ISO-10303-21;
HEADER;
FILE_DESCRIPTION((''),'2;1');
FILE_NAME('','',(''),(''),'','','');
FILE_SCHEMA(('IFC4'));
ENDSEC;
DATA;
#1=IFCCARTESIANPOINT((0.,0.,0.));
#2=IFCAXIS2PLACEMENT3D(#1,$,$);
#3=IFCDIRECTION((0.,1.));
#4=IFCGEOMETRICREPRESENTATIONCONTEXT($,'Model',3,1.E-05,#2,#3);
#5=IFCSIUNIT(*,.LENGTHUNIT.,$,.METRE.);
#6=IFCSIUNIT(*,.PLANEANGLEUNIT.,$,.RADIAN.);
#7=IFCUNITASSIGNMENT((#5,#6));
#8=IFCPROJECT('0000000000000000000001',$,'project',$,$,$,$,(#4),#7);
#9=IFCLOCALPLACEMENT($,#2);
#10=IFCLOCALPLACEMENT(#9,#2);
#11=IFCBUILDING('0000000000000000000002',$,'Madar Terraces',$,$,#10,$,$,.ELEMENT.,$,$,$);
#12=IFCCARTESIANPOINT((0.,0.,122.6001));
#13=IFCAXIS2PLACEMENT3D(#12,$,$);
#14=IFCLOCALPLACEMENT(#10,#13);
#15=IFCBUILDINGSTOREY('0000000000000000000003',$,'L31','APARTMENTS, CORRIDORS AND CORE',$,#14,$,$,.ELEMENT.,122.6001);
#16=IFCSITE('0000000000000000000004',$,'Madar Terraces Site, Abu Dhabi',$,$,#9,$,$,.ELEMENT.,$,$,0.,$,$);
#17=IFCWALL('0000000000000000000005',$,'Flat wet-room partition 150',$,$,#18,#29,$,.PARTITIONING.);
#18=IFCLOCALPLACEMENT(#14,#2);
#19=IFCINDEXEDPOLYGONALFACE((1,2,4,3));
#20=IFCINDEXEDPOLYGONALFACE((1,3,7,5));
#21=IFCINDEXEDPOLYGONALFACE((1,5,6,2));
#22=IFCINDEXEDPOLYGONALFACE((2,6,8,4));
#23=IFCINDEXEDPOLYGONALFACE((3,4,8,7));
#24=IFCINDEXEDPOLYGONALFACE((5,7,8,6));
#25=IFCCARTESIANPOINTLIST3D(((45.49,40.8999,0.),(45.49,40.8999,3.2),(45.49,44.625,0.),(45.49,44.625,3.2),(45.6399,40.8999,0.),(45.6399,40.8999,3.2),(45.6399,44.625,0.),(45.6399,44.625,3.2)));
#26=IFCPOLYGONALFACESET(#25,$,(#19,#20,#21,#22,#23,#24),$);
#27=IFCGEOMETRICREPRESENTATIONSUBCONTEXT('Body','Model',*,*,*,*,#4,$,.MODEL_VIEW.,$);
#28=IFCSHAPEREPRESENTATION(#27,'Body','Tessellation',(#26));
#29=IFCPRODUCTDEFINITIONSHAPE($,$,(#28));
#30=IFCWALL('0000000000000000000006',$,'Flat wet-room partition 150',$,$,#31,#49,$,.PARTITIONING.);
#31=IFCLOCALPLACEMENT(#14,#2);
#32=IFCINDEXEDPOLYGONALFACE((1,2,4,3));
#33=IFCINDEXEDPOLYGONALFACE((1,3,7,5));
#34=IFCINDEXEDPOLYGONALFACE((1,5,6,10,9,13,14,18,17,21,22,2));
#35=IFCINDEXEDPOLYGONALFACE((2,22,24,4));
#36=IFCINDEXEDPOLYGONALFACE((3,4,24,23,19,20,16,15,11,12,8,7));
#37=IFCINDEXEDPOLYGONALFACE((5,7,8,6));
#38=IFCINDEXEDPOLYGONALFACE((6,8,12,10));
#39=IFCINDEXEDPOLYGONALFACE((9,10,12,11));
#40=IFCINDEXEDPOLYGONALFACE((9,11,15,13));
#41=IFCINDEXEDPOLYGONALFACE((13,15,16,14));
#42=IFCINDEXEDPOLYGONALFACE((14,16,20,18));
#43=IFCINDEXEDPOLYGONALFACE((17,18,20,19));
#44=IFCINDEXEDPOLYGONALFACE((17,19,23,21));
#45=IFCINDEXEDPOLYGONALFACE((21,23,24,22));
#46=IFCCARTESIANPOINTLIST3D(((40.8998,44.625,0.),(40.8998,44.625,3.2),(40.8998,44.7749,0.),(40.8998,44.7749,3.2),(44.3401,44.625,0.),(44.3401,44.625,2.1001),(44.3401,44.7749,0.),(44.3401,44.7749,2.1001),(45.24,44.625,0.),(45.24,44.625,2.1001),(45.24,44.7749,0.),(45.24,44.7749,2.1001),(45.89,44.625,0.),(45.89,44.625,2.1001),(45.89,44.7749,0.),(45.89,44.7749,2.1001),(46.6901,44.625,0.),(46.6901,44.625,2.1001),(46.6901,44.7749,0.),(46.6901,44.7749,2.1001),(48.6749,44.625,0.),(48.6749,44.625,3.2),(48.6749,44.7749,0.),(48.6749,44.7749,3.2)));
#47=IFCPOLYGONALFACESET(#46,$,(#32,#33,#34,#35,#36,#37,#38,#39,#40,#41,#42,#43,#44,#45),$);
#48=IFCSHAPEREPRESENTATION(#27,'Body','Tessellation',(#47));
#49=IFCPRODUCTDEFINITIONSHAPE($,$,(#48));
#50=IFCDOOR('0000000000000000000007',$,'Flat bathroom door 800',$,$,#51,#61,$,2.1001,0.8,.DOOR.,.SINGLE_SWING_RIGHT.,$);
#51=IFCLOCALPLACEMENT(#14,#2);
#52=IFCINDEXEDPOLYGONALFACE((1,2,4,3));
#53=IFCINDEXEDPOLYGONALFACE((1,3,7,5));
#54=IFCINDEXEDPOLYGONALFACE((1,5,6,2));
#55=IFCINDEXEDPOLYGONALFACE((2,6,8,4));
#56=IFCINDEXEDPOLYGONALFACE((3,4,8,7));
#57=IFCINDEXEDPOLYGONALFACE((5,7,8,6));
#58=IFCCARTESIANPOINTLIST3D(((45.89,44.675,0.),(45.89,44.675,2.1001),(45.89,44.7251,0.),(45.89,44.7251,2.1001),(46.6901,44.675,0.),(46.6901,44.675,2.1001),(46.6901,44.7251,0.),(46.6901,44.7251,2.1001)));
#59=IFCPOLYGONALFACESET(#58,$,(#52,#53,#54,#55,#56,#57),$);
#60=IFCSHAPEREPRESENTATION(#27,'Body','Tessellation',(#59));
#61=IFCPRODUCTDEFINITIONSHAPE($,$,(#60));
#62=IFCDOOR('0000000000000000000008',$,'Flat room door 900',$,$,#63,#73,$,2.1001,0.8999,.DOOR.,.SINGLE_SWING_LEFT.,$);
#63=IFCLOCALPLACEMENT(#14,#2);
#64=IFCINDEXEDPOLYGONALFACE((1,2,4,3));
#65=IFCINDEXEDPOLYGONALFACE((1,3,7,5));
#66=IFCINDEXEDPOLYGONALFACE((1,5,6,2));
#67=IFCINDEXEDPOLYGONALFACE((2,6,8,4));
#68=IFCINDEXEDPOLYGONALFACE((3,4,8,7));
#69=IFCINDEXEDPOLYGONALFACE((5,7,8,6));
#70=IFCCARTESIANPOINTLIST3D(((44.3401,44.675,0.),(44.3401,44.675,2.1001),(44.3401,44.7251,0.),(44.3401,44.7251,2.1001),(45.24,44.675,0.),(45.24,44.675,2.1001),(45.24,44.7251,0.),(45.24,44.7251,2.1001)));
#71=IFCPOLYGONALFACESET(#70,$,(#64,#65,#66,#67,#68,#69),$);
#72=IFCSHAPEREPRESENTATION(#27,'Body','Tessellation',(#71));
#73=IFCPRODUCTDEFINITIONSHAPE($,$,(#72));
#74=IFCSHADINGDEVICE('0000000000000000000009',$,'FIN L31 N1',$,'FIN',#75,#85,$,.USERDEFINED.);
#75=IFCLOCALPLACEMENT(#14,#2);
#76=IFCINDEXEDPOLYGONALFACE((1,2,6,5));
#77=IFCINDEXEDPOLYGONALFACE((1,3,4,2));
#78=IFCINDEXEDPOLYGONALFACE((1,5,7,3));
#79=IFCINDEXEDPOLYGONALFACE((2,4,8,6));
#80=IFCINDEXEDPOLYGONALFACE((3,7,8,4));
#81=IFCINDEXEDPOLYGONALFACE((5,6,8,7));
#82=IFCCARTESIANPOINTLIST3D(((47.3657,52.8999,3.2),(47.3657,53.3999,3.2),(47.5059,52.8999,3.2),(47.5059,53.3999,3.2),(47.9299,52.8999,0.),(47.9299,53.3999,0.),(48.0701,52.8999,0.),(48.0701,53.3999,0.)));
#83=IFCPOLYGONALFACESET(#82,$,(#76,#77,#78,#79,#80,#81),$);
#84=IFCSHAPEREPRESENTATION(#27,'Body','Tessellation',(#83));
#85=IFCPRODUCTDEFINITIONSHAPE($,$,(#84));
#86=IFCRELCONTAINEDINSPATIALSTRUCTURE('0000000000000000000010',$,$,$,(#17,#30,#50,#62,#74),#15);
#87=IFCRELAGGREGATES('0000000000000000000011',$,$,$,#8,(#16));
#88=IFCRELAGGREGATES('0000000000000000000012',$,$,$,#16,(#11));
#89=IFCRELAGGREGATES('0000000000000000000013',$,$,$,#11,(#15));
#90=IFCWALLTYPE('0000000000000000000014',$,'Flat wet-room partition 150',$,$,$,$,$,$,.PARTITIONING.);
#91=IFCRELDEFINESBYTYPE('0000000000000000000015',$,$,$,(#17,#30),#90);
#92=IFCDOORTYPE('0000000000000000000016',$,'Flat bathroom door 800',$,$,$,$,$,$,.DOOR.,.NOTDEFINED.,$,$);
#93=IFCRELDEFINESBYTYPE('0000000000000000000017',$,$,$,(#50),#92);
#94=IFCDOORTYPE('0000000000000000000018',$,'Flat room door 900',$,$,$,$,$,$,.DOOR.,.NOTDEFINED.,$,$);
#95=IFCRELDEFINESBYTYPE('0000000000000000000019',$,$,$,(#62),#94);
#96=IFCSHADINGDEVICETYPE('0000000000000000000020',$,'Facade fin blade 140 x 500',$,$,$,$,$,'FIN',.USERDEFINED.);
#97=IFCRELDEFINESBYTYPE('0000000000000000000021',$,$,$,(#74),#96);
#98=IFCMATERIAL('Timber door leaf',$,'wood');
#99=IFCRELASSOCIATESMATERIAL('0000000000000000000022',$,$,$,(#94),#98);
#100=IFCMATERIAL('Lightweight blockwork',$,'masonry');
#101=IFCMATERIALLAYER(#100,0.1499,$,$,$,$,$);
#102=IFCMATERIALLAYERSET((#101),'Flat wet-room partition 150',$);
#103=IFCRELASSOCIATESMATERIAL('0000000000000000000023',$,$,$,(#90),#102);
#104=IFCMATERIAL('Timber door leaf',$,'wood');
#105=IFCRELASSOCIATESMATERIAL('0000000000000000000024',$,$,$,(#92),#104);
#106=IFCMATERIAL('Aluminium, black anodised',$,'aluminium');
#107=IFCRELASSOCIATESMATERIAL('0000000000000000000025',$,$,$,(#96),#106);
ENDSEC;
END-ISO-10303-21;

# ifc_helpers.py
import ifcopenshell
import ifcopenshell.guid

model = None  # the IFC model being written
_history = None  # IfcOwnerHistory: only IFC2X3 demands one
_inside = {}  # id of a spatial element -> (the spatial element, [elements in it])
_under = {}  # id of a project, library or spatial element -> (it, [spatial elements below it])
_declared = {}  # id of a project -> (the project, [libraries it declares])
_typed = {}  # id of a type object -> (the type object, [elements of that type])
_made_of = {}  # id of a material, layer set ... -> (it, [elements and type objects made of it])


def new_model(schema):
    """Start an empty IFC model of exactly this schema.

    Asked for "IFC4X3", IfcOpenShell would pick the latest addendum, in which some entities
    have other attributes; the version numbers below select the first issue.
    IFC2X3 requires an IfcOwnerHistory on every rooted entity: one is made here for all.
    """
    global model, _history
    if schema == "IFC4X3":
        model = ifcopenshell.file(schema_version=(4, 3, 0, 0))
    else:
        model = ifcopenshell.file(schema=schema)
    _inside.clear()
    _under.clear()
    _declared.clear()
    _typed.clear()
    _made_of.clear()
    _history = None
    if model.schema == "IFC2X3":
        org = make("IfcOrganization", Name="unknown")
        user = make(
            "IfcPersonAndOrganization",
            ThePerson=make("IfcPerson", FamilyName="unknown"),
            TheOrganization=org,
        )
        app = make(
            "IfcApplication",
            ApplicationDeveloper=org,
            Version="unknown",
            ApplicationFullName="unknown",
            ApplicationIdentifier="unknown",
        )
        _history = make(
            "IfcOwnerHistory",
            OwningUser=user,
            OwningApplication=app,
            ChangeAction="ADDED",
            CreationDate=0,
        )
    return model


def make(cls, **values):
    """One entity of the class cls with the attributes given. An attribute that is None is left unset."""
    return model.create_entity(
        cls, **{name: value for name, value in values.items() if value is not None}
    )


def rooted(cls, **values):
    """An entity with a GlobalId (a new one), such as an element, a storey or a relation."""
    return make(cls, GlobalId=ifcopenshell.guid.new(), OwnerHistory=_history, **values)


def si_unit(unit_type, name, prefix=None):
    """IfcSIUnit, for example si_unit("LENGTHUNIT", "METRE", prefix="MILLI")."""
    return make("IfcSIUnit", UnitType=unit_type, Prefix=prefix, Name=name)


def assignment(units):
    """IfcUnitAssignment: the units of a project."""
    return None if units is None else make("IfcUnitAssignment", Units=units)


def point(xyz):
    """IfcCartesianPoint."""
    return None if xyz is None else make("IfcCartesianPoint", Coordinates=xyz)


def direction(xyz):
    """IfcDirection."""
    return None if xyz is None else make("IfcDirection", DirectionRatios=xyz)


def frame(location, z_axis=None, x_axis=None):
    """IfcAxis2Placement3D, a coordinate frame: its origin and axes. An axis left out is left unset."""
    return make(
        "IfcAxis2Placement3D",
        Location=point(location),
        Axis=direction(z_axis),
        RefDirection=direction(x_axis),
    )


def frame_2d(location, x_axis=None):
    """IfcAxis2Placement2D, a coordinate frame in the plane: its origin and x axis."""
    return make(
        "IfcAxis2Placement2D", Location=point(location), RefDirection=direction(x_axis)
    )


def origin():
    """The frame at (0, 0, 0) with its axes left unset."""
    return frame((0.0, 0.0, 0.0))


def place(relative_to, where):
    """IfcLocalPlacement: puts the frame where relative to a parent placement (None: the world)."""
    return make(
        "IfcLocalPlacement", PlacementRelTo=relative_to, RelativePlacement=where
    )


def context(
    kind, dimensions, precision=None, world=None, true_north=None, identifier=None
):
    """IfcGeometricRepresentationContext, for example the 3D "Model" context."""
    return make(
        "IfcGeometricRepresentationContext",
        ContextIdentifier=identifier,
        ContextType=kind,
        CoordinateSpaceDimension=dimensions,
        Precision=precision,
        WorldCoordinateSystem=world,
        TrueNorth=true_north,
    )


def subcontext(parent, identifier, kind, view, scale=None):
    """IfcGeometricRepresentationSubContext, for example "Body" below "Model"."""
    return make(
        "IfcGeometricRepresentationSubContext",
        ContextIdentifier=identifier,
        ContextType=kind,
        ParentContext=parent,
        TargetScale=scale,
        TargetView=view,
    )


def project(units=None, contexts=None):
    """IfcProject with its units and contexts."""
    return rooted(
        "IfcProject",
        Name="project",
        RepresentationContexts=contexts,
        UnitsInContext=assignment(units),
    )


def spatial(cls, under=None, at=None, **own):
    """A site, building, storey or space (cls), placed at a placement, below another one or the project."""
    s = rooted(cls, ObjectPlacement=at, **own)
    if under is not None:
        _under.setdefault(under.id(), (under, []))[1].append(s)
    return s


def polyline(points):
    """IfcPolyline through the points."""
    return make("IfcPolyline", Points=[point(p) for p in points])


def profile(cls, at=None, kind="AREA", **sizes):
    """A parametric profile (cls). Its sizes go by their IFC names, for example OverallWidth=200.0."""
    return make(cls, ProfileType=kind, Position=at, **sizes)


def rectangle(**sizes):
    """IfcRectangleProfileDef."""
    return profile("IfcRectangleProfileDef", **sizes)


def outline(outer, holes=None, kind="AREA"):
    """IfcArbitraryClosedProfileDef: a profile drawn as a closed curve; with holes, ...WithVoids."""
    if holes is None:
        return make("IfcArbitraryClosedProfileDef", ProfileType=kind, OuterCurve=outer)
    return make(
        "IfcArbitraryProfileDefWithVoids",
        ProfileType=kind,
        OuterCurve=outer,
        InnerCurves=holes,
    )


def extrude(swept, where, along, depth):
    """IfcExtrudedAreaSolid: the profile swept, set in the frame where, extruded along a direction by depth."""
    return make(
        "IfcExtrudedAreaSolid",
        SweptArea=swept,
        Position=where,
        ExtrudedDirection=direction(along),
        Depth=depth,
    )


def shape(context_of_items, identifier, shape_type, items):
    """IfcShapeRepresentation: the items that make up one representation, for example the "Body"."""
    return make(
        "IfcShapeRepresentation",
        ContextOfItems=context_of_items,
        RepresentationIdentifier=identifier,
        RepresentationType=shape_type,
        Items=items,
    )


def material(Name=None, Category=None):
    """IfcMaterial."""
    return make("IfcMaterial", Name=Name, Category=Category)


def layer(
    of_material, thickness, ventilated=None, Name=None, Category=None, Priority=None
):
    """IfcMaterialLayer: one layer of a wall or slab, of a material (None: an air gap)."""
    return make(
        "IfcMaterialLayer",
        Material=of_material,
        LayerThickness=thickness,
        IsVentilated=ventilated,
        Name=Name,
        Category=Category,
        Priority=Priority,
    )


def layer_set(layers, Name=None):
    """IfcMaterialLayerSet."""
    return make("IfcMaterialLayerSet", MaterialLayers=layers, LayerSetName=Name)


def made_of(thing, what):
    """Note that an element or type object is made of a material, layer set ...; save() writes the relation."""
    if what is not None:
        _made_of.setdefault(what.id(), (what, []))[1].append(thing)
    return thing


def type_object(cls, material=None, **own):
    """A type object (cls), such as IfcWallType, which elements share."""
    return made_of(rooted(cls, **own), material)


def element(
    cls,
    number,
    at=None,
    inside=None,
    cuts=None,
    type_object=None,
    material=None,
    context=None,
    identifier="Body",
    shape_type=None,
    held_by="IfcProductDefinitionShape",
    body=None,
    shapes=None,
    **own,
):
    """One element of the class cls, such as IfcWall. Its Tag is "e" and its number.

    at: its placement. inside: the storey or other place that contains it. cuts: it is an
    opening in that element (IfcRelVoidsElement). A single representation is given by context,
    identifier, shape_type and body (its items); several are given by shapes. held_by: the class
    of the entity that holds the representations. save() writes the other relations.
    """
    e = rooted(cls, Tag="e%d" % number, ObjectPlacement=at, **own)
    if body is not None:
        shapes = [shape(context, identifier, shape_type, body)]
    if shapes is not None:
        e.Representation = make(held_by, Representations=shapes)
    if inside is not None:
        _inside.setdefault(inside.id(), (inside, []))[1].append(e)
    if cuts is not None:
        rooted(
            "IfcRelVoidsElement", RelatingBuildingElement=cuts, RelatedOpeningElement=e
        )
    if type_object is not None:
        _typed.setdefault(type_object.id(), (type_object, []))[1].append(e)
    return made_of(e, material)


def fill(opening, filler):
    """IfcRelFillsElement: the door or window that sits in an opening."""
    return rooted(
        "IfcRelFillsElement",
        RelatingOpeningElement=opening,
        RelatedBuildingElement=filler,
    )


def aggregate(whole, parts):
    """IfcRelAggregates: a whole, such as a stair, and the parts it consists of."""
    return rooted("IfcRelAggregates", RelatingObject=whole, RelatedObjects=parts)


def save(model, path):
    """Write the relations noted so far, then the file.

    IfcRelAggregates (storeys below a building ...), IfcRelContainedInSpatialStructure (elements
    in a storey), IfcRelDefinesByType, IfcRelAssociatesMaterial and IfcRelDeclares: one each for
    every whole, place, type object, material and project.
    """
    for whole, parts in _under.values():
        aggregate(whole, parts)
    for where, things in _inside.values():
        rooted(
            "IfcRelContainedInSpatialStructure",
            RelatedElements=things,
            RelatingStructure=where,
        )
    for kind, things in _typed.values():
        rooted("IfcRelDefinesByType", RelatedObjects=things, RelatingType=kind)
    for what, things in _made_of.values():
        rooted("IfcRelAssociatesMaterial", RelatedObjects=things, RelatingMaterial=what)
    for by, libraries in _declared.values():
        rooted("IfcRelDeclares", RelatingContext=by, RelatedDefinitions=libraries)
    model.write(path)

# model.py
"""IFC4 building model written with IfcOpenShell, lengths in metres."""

from ifc_helpers import new_model, si_unit, direction, frame, frame_2d, origin, place, context, subcontext, project, spatial, polyline, rectangle, outline, extrude, material, layer, layer_set, type_object, element, fill, save


model = new_model("IFC4")

# Units and contexts
model_context = context("Model", 3, precision=1e-05, world=origin(), true_north=direction((0.0, 1.0)))
body_context = subcontext(model_context, "Body", "Model", "MODEL_VIEW")
ifc_project = project(units=[si_unit("LENGTHUNIT", "METRE"), si_unit("PLANEANGLEUNIT", "RADIAN")], contexts=[model_context])

# Site, building, storey
site_placement = place(None, origin())
site = spatial("IfcSite", under=ifc_project, at=site_placement, Name="Madar Terraces Site, Abu Dhabi", CompositionType="ELEMENT", RefElevation=0.0)
building_placement = place(site_placement, origin())
building = spatial("IfcBuilding", under=site, at=building_placement, Name="Madar Terraces", CompositionType="ELEMENT")
storey_placement = place(building_placement, frame((0.0, 0.0, 122.6001)))
storey = spatial("IfcBuildingStorey", under=building, at=storey_placement, Name="L31", Description="APARTMENTS, CORRIDORS AND CORE", CompositionType="ELEMENT", Elevation=122.6001)

# Shared definitions
ifc_material_1 = material(Name="Timber door leaf", Category="wood")
door_type_1 = type_object("IfcDoorType", Name="Flat room door 900", OperationType="NOTDEFINED", PredefinedType="DOOR", material=ifc_material_1)

# Wall
ifc_material_2 = material(Name="Lightweight blockwork", Category="masonry")
ifc_layer_1 = layer(ifc_material_2, 0.1499)
ifc_layer_set_1 = layer_set([ifc_layer_1], Name="Flat wet-room partition 150")
wall_type_1 = type_object("IfcWallType", Name="Flat wet-room partition 150", PredefinedType="PARTITIONING", material=ifc_layer_set_1)
wall_1_placement = place(storey_placement, frame((45.5649, 40.8999, 0.0), z_axis=(0.0, 0.0, 1.0), x_axis=(0.0, 1.0, 0.0)))
element("IfcWall", 1, at=wall_1_placement, inside=storey, type_object=wall_type_1, Name="Flat wet-room partition 150", PredefinedType="PARTITIONING", context=body_context, shape_type="SweptSolid", body=[
    extrude(rectangle(XDim=3.7251, YDim=0.1499, at=frame_2d((1.8625, 0.0))), origin(), (0.0, 0.0, 1.0), 3.2),
])

# Wall, openings, doors
wall_2_placement = place(storey_placement, frame((48.675, 44.7, 0.0), z_axis=(0.0, 0.0, 1.0), x_axis=(-1.0, 0.0, 0.0)))
wall_2 = element("IfcWall", 2, at=wall_2_placement, inside=storey, type_object=wall_type_1, Name="Flat wet-room partition 150", PredefinedType="PARTITIONING", context=body_context, shape_type="SweptSolid", body=[
    extrude(rectangle(XDim=7.7751, YDim=0.1499, at=frame_2d((3.8877, 0.0))), origin(), (0.0, 0.0, 1.0), 3.2),
])
opening_1_placement = place(wall_2_placement, frame((1.9851, 0.0, 0.0)))
opening_1 = element("IfcOpeningElement", 3, at=opening_1_placement, cuts=wall_2, PredefinedType="OPENING", context=body_context, shape_type="SweptSolid", body=[
    extrude(rectangle(XDim=0.8, YDim=2.1001, at=frame_2d((0.3999, 1.05))), frame((0.0, 0.085, 0.0), z_axis=(0.0, -1.0, 0.0), x_axis=(1.0, 0.0, 0.0)), (0.0, 0.0, 1.0), 0.1699),
])
opening_2_placement = place(wall_2_placement, frame((3.4351, 0.0, 0.0)))
opening_2 = element("IfcOpeningElement", 4, at=opening_2_placement, cuts=wall_2, PredefinedType="OPENING", context=body_context, shape_type="SweptSolid", body=[
    extrude(rectangle(XDim=0.8999, YDim=2.1001, at=frame_2d((0.45, 1.05))), frame((0.0, 0.085, 0.0), z_axis=(0.0, -1.0, 0.0), x_axis=(1.0, 0.0, 0.0)), (0.0, 0.0, 1.0), 0.1699),
])
ifc_material_3 = material(Name="Timber door leaf", Category="wood")
door_type_2 = type_object("IfcDoorType", Name="Flat bathroom door 800", OperationType="NOTDEFINED", PredefinedType="DOOR", material=ifc_material_3)
door_1_placement = place(opening_1_placement, origin())
door_1 = element("IfcDoor", 5, at=door_1_placement, inside=storey, type_object=door_type_2, Name="Flat bathroom door 800", OperationType="SINGLE_SWING_RIGHT", OverallHeight=2.1001, OverallWidth=0.8, PredefinedType="DOOR", context=body_context, shape_type="SweptSolid", body=[
    extrude(rectangle(XDim=0.8, YDim=2.1001, at=frame_2d((0.3999, 1.05))), frame((0.0, 0.0249, 0.0), z_axis=(0.0, -1.0, 0.0), x_axis=(1.0, 0.0, 0.0)), (0.0, 0.0, 1.0), 0.05),
])
fill(opening_1, door_1)
door_2_placement = place(opening_2_placement, origin())
door_2 = element("IfcDoor", 6, at=door_2_placement, inside=storey, type_object=door_type_1, Name="Flat room door 900", OperationType="SINGLE_SWING_LEFT", OverallHeight=2.1001, OverallWidth=0.8999, PredefinedType="DOOR", context=body_context, shape_type="SweptSolid", body=[
    extrude(rectangle(XDim=0.8999, YDim=2.1001, at=frame_2d((0.45, 1.05))), frame((0.0, 0.0249, 0.0), z_axis=(0.0, -1.0, 0.0), x_axis=(1.0, 0.0, 0.0)), (0.0, 0.0, 1.0), 0.05),
])
fill(opening_2, door_2)

# Shading device
ifc_material_4 = material(Name="Aluminium, black anodised", Category="aluminium")
shading_device_type = type_object("IfcShadingDeviceType", Name="Facade fin blade 140 x 500", ElementType="FIN", PredefinedType="USERDEFINED", material=ifc_material_4)
shading_device_placement = place(storey_placement, frame((48.0701, 53.1499, 0.0), z_axis=(0.0, 0.0, 1.0), x_axis=(-1.0, 0.0, 0.0)))
element("IfcShadingDevice", 7, at=shading_device_placement, inside=storey, type_object=shading_device_type, Name="FIN L31 N1", ObjectType="FIN", PredefinedType="USERDEFINED", context=body_context, shape_type="SweptSolid", body=[
    extrude(outline(polyline([(0.0, 0.0), (0.1401, 0.0), (0.7043, 3.2), (0.5642, 3.2), (0.0, 0.0)])), frame((0.0, 0.25, 0.0), z_axis=(0.0, -1.0, 0.0), x_axis=(1.0, 0.0, 0.0)), (0.0, 0.0, 1.0), 0.5),
])

save(model, "model.ifc")
